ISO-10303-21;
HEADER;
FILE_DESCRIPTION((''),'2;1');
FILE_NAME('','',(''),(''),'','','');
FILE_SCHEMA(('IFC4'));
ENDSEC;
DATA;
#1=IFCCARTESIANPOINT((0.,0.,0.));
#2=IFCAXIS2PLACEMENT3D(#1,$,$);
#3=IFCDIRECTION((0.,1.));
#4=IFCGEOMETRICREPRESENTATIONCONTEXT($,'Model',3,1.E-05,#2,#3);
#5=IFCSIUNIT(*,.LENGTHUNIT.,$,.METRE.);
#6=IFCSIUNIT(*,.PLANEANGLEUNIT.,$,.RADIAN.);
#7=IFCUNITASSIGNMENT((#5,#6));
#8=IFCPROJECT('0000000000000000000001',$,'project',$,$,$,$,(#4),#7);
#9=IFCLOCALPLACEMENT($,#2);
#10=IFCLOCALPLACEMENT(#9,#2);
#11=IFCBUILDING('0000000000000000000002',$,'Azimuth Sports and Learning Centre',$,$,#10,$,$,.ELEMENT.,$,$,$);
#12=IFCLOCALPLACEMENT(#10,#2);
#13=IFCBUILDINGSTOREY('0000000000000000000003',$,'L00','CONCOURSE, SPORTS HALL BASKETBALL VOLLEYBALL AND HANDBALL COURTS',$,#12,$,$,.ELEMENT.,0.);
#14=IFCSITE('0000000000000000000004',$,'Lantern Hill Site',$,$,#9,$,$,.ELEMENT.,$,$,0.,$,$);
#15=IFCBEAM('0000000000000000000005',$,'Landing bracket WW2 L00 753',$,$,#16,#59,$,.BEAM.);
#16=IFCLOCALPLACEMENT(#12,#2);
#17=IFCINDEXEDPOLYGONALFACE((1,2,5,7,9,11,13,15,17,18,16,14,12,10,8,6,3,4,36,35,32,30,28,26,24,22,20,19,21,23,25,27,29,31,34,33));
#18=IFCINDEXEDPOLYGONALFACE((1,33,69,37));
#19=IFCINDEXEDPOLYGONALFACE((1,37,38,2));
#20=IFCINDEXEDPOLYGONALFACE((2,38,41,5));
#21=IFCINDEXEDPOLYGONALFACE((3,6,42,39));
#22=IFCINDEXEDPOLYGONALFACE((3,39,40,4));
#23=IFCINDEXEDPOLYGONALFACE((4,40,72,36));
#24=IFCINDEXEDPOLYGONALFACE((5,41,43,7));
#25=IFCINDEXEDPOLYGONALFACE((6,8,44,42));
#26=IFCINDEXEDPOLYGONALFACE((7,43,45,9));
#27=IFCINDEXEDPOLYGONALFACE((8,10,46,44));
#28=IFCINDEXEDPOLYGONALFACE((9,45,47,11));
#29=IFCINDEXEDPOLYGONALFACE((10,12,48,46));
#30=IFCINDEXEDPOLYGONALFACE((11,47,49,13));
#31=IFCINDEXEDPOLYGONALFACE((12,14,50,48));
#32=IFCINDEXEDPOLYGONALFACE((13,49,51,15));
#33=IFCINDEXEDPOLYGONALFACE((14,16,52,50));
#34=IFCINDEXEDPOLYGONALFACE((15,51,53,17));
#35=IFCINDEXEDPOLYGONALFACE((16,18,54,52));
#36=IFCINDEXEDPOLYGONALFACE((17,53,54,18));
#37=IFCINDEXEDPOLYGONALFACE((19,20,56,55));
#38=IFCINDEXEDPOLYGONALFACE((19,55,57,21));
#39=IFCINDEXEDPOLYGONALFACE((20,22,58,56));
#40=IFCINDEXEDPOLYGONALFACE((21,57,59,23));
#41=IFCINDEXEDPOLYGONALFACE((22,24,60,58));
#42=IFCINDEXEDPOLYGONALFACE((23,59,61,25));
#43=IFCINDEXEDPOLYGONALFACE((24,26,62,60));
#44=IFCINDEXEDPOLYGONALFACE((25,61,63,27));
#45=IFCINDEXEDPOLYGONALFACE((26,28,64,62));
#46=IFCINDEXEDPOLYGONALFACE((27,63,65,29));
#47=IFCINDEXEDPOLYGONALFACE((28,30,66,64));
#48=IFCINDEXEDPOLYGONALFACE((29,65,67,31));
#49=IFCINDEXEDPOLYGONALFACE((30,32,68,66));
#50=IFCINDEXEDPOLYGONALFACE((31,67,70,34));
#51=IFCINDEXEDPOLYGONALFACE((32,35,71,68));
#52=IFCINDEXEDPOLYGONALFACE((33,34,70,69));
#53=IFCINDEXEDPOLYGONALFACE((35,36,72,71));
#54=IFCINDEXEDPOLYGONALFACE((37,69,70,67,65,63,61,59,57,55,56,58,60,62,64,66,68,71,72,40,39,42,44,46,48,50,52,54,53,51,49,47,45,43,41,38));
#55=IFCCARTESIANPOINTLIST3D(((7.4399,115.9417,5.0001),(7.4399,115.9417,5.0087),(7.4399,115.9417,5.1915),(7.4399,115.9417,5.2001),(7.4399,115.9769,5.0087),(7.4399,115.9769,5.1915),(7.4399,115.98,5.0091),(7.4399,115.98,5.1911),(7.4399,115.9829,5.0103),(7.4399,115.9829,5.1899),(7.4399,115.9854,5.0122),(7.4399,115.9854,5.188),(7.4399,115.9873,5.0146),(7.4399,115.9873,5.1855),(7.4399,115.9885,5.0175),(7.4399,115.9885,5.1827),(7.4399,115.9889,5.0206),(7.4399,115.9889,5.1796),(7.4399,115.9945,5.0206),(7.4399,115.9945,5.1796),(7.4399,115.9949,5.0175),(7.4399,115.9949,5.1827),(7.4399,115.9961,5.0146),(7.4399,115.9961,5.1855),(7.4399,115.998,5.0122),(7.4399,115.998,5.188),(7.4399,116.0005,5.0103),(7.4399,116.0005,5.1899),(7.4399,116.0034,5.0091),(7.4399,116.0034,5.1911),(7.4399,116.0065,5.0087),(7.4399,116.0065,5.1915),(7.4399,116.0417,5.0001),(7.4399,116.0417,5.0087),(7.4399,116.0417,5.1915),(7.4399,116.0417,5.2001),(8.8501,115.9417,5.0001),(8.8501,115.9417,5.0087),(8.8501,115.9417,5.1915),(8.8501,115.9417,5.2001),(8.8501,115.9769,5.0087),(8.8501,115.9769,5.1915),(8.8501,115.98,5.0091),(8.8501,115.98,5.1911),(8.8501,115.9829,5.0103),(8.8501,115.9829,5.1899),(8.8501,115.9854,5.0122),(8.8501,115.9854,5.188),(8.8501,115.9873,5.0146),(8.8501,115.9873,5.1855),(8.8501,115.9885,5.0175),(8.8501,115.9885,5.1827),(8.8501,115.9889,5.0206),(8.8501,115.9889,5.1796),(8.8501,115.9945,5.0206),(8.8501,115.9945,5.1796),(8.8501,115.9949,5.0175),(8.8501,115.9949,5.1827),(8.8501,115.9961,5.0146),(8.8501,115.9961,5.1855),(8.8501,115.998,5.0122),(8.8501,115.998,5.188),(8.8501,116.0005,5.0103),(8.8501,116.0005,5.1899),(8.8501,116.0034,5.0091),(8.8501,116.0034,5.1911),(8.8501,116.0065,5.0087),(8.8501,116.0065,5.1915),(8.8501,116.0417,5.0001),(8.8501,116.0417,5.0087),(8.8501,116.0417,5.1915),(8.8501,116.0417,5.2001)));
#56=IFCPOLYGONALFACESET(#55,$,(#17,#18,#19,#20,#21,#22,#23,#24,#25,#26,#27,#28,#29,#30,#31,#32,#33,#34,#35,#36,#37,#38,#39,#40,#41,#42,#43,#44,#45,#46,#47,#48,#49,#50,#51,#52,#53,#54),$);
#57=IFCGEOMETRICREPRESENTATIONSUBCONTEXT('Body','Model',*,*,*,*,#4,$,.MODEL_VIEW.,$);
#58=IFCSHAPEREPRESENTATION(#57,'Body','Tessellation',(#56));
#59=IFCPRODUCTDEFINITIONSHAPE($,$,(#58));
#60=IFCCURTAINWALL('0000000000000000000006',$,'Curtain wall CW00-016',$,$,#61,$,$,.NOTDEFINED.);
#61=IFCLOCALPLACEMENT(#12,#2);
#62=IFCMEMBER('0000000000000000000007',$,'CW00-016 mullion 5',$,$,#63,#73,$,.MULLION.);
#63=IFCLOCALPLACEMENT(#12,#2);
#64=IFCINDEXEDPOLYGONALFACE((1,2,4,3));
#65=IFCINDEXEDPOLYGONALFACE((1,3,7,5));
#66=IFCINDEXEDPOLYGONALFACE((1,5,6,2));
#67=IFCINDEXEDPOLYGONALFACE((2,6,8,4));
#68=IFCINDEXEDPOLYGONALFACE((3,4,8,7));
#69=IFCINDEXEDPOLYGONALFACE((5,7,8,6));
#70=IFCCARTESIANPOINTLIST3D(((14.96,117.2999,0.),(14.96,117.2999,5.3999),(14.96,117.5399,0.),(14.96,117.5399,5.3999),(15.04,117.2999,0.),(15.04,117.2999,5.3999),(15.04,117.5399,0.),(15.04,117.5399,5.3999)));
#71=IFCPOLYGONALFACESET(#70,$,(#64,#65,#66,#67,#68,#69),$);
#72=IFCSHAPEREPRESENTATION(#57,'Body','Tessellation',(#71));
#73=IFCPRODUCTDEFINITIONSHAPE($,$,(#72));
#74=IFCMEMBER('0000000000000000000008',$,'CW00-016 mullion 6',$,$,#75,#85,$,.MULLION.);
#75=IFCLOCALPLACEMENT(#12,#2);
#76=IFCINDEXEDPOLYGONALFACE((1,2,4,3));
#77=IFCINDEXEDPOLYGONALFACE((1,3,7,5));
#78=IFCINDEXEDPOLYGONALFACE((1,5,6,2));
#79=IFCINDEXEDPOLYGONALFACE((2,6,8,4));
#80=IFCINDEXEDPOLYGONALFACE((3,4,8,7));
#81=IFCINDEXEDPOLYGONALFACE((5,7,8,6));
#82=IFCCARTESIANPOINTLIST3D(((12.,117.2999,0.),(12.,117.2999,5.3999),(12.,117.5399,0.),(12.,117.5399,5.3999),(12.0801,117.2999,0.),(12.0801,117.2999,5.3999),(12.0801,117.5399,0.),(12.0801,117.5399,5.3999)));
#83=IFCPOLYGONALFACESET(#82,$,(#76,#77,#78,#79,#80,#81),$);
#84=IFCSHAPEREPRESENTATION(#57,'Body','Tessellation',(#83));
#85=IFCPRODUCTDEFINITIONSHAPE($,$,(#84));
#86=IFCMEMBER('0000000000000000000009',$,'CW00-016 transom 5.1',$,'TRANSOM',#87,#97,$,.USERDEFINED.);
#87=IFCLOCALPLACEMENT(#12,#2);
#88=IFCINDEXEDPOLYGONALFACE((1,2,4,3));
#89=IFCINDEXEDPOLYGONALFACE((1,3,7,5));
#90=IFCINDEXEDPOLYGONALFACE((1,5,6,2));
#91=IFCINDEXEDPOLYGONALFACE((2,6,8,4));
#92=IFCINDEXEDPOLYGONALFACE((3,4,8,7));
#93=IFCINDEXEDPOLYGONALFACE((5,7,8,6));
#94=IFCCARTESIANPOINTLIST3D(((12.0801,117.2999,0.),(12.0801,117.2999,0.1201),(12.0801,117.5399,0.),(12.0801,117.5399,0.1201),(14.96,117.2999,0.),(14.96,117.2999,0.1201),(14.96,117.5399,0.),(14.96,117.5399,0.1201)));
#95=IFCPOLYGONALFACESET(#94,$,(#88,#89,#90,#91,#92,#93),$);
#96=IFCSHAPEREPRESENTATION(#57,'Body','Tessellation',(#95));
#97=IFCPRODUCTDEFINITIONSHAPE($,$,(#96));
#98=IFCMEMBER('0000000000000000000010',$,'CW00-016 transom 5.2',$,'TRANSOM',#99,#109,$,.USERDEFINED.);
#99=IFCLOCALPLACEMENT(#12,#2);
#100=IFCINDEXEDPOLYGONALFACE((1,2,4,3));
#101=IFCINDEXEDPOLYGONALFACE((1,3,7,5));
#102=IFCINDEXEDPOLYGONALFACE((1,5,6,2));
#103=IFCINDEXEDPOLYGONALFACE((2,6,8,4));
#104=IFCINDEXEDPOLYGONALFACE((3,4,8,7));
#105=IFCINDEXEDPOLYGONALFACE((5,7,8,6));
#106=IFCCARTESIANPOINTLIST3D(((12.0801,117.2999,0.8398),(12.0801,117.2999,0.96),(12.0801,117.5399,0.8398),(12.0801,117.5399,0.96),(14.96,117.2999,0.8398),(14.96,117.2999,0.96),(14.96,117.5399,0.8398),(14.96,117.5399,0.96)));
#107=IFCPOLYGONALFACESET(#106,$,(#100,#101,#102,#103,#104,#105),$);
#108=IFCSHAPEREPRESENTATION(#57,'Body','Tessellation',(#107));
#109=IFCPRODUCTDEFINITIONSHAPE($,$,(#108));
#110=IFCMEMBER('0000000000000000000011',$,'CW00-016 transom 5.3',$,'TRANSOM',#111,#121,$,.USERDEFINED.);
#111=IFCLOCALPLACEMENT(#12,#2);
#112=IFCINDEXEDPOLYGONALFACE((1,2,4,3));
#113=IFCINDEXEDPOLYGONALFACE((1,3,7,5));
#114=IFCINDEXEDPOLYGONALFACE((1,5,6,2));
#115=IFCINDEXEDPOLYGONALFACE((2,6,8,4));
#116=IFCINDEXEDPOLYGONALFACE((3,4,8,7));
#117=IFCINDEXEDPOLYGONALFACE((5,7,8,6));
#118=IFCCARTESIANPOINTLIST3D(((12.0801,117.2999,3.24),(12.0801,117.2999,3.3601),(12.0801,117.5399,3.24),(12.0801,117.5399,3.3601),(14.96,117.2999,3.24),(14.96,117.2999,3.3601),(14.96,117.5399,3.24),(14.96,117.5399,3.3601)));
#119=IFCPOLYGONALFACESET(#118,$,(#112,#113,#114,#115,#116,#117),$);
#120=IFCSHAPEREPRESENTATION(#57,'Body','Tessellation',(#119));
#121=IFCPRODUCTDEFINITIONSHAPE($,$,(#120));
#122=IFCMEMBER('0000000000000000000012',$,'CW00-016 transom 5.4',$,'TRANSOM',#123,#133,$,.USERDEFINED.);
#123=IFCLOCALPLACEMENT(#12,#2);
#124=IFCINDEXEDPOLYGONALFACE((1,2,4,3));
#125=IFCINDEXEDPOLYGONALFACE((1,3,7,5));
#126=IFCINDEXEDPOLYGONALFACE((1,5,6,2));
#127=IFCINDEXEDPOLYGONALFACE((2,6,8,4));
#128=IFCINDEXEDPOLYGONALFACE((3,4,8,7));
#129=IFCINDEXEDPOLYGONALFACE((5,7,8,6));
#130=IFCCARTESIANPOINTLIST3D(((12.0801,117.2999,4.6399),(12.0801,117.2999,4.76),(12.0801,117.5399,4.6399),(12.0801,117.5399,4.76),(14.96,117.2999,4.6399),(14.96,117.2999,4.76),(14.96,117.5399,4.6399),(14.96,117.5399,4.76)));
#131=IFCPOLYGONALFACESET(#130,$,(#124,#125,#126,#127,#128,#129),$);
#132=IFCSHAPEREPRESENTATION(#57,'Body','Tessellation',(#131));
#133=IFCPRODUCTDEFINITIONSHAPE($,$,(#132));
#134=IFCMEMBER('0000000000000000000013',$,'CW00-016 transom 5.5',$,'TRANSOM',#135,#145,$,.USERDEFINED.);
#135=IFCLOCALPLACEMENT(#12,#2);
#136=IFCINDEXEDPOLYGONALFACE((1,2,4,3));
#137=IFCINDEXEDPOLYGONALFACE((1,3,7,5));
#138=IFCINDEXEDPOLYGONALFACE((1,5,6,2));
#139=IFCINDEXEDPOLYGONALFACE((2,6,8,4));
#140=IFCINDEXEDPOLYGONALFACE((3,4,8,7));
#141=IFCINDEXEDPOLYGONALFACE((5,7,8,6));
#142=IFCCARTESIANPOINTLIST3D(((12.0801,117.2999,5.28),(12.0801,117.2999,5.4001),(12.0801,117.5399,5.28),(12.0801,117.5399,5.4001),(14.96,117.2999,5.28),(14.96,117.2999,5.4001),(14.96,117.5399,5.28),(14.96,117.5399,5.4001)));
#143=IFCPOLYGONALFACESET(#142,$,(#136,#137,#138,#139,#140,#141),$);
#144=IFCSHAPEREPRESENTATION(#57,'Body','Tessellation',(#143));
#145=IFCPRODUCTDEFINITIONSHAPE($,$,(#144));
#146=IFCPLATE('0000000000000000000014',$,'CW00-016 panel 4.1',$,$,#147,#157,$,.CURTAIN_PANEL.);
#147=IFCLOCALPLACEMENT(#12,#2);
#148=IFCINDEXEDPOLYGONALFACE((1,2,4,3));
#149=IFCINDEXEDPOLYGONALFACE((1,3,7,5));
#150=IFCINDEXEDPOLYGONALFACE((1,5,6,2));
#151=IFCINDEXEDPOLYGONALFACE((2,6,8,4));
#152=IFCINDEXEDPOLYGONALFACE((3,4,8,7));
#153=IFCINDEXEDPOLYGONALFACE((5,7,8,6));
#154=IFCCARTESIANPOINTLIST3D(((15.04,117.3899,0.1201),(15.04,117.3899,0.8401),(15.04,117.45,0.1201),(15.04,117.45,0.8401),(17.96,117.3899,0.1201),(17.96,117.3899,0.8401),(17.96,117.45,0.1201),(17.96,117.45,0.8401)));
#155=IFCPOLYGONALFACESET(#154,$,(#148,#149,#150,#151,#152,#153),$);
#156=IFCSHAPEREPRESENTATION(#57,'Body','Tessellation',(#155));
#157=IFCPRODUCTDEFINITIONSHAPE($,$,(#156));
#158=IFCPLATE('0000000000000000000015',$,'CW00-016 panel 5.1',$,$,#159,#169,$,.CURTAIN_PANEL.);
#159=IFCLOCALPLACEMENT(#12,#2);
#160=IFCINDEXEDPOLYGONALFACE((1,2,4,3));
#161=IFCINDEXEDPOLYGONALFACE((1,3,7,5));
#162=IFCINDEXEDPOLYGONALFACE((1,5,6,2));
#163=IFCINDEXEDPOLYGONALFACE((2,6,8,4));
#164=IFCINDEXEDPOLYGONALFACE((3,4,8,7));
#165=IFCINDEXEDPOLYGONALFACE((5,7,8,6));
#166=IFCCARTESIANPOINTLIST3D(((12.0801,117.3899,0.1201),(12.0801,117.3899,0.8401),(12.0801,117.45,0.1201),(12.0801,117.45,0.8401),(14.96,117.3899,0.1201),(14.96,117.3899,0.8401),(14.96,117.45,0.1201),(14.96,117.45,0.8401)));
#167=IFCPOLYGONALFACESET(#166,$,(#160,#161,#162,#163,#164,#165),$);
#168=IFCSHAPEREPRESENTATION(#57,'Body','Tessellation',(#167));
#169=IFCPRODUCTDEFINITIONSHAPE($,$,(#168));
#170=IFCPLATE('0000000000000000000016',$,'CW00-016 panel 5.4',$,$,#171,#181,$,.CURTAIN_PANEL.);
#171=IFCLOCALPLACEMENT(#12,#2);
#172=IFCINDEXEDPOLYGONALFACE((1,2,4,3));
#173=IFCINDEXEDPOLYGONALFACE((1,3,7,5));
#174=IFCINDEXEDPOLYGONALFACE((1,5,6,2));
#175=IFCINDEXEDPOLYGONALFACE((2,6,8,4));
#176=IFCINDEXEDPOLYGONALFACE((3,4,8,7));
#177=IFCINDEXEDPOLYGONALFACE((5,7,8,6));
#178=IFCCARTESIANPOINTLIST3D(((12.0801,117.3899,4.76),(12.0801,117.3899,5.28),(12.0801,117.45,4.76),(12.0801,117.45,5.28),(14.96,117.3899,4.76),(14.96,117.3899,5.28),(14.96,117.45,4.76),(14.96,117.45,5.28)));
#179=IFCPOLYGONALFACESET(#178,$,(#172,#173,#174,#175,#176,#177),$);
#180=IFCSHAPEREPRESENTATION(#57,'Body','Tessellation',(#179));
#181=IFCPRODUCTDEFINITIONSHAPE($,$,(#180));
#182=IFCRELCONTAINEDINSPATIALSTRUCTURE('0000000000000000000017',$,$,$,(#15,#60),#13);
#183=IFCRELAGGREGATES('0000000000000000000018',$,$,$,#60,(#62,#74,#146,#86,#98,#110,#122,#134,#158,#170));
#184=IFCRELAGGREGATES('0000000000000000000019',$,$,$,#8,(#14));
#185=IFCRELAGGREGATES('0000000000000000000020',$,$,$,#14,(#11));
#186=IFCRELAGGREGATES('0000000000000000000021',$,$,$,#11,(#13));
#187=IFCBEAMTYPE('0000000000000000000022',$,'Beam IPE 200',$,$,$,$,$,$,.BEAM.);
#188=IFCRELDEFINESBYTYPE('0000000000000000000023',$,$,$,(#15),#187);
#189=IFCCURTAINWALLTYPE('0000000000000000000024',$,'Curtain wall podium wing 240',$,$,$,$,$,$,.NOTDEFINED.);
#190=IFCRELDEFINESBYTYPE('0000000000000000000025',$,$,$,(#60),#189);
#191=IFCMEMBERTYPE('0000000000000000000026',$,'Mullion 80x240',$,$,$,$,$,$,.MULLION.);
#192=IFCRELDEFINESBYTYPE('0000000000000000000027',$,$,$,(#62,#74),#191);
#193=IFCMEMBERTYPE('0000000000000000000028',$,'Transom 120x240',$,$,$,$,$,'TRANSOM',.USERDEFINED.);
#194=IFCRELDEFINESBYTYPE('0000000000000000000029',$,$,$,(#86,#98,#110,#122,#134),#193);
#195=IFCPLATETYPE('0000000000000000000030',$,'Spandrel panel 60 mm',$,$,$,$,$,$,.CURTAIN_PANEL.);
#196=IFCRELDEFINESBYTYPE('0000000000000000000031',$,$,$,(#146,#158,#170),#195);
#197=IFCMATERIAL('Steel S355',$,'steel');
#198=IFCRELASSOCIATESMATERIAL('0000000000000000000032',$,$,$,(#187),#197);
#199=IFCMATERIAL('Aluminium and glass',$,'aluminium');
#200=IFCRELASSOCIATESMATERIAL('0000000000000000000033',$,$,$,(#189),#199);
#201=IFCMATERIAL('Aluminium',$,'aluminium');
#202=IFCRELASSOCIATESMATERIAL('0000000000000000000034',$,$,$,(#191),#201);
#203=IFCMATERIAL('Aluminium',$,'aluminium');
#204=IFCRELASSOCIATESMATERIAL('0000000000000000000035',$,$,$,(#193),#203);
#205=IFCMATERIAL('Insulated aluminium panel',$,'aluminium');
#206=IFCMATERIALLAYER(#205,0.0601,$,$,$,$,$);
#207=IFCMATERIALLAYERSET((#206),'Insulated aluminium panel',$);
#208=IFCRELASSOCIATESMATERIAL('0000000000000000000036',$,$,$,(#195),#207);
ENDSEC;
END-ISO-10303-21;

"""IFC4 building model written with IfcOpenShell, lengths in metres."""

from ifc_helpers import new_model, si_unit, direction, frame, origin, origin_2d, place, context, subcontext, project, spatial, rectangle, i_section, extrude, material, layer, layer_set, material_profile, profile_set, type_object, element, aggregate, save


model = new_model("IFC4")

# Units and contexts
model_context = context("Model", 3, precision=1e-05, world=origin(), true_north=direction((0.0, 1.0)))
body_context = subcontext(model_context, "Body", "Model", "MODEL_VIEW")
ifc_project = project(units=[si_unit("LENGTHUNIT", "METRE"), si_unit("PLANEANGLEUNIT", "RADIAN")], contexts=[model_context])

# Site, building, storey
site_placement = place(None, origin())
site = spatial("IfcSite", under=ifc_project, at=site_placement, Name="Lantern Hill Site", CompositionType="ELEMENT", RefElevation=0.0)
building_placement = place(site_placement, origin())
building = spatial("IfcBuilding", under=site, at=building_placement, Name="Azimuth Sports and Learning Centre", CompositionType="ELEMENT")
storey_placement = place(building_placement, origin())
storey = spatial("IfcBuildingStorey", under=building, at=storey_placement, Name="L00", Description="CONCOURSE, SPORTS HALL BASKETBALL VOLLEYBALL AND HANDBALL COURTS", CompositionType="ELEMENT", Elevation=0.0)

# Beam
ifc_material_1 = material(Name="Steel S355", Category="steel")
ifc_material_profile_1 = material_profile(ifc_material_1, i_section(OverallWidth=0.1001, OverallDepth=0.2, WebThickness=0.0056, FlangeThickness=0.0085, FilletRadius=0.012, at=origin_2d()), Name="IPE 200")
ifc_profile_set_1 = profile_set([ifc_material_profile_1], Name="Steel S355")
beam_type = type_object("IfcBeamType", Name="Beam IPE 200", PredefinedType="BEAM", material=ifc_profile_set_1)
for number, where, z_axis, x_axis, name in (
    (1, (8.8501, 115.9917, 5.1001), (-1.0, 0.0, 0.0), (0.0, -1.0, 0.0), "Landing bracket WW2 L00 753"),
):
    element("IfcBeam", number, at=place(storey_placement, frame(where, z_axis=z_axis, x_axis=x_axis)), inside=storey, type_object=beam_type, Name=name, PredefinedType="BEAM", context=body_context, shape_type="SweptSolid", body=[
        extrude(i_section(OverallWidth=0.1001, OverallDepth=0.2, WebThickness=0.0056, FlangeThickness=0.0085, FilletRadius=0.012, at=origin_2d()), origin(), (0.0, 0.0, 1.0), 1.4102),
    ])

# Curtain wall, members, plates
ifc_material_2 = material(Name="Aluminium and glass", Category="aluminium")
curtain_wall_type = type_object("IfcCurtainWallType", Name="Curtain wall podium wing 240", PredefinedType="NOTDEFINED", material=ifc_material_2)
curtain_wall_placement = place(storey_placement, origin())
curtain_wall = element("IfcCurtainWall", 2, at=curtain_wall_placement, inside=storey, type_object=curtain_wall_type, Name="Curtain wall CW00-016", PredefinedType="NOTDEFINED")
ifc_material_3 = material(Name="Aluminium", Category="aluminium")
ifc_material_profile_2 = material_profile(ifc_material_3, rectangle(XDim=0.24, YDim=0.0801, at=origin_2d()), Name="Mullion 80x240")
ifc_profile_set_2 = profile_set([ifc_material_profile_2], Name="Aluminium")
member_type_1 = type_object("IfcMemberType", Name="Mullion 80x240", PredefinedType="MULLION", material=ifc_profile_set_2)
member_1_placement = place(storey_placement, frame((15.0, 117.4199, 0.0), z_axis=(0.0, 0.0, 1.0), x_axis=(0.0, -1.0, 0.0)))
member_1 = element("IfcMember", 3, at=member_1_placement, type_object=member_type_1, Name="CW00-016 mullion 5", PredefinedType="MULLION", context=body_context, shape_type="SweptSolid", body=[
    extrude(rectangle(XDim=0.24, YDim=0.0801, at=origin_2d()), origin(), (0.0, 0.0, 1.0), 5.3999),
])
member_2_placement = place(storey_placement, frame((12.04, 117.4199, 0.0), z_axis=(0.0, 0.0, 1.0), x_axis=(0.0, -1.0, 0.0)))
member_2 = element("IfcMember", 4, at=member_2_placement, type_object=member_type_1, Name="CW00-016 mullion 6", PredefinedType="MULLION", context=body_context, shape_type="SweptSolid", body=[
    extrude(rectangle(XDim=0.24, YDim=0.0801, at=origin_2d()), origin(), (0.0, 0.0, 1.0), 5.3999),
])
ifc_material_4 = material(Name="Aluminium", Category="aluminium")
ifc_material_profile_3 = material_profile(ifc_material_4, rectangle(XDim=0.24, YDim=0.1201, at=origin_2d()), Name="Transom 120x240")
ifc_profile_set_3 = profile_set([ifc_material_profile_3], Name="Aluminium")
member_type_2 = type_object("IfcMemberType", Name="Transom 120x240", ElementType="TRANSOM", PredefinedType="USERDEFINED", material=ifc_profile_set_3)
member_3_placement = place(storey_placement, frame((14.96, 117.4199, 0.0601), z_axis=(-1.0, 0.0, 0.0), x_axis=(0.0, -1.0, 0.0)))
member_3 = element("IfcMember", 5, at=member_3_placement, type_object=member_type_2, Name="CW00-016 transom 5.1", ObjectType="TRANSOM", PredefinedType="USERDEFINED", context=body_context, shape_type="SweptSolid", body=[
    extrude(rectangle(XDim=0.24, YDim=0.1201, at=origin_2d()), origin(), (0.0, 0.0, 1.0), 2.8799),
])
member_4_placement = place(storey_placement, frame((14.96, 117.4199, 0.8999), z_axis=(-1.0, 0.0, 0.0), x_axis=(0.0, -1.0, 0.0)))
member_4 = element("IfcMember", 6, at=member_4_placement, type_object=member_type_2, Name="CW00-016 transom 5.2", ObjectType="TRANSOM", PredefinedType="USERDEFINED", context=body_context, shape_type="SweptSolid", body=[
    extrude(rectangle(XDim=0.24, YDim=0.1201, at=origin_2d()), origin(), (0.0, 0.0, 1.0), 2.8799),
])
member_5_placement = place(storey_placement, frame((14.96, 117.4199, 3.3), z_axis=(-1.0, 0.0, 0.0), x_axis=(0.0, -1.0, 0.0)))
member_5 = element("IfcMember", 7, at=member_5_placement, type_object=member_type_2, Name="CW00-016 transom 5.3", ObjectType="TRANSOM", PredefinedType="USERDEFINED", context=body_context, shape_type="SweptSolid", body=[
    extrude(rectangle(XDim=0.24, YDim=0.1201, at=origin_2d()), origin(), (0.0, 0.0, 1.0), 2.8799),
])
member_6_placement = place(storey_placement, frame((14.96, 117.4199, 4.7), z_axis=(-1.0, 0.0, 0.0), x_axis=(0.0, -1.0, 0.0)))
member_6 = element("IfcMember", 8, at=member_6_placement, type_object=member_type_2, Name="CW00-016 transom 5.4", ObjectType="TRANSOM", PredefinedType="USERDEFINED", context=body_context, shape_type="SweptSolid", body=[
    extrude(rectangle(XDim=0.24, YDim=0.1201, at=origin_2d()), origin(), (0.0, 0.0, 1.0), 2.8799),
])
member_7_placement = place(storey_placement, frame((14.96, 117.4199, 5.3401), z_axis=(-1.0, 0.0, 0.0), x_axis=(0.0, -1.0, 0.0)))
member_7 = element("IfcMember", 9, at=member_7_placement, type_object=member_type_2, Name="CW00-016 transom 5.5", ObjectType="TRANSOM", PredefinedType="USERDEFINED", context=body_context, shape_type="SweptSolid", body=[
    extrude(rectangle(XDim=0.24, YDim=0.1201, at=origin_2d()), origin(), (0.0, 0.0, 1.0), 2.8799),
])
ifc_material_5 = material(Name="Insulated aluminium panel", Category="aluminium")
ifc_layer_1 = layer(ifc_material_5, 0.0601)
ifc_layer_set_1 = layer_set([ifc_layer_1], Name="Insulated aluminium panel")
plate_type_1 = type_object("IfcPlateType", Name="Spandrel panel 60 mm", PredefinedType="CURTAIN_PANEL", material=ifc_layer_set_1)
plate_1_placement = place(storey_placement, frame((16.5, 117.4199, 0.1201), z_axis=(0.0, 0.0, 1.0), x_axis=(-1.0, 0.0, 0.0)))
plate_1 = element("IfcPlate", 10, at=plate_1_placement, type_object=plate_type_1, Name="CW00-016 panel 4.1", PredefinedType="CURTAIN_PANEL", context=body_context, shape_type="SweptSolid", body=[
    extrude(rectangle(XDim=2.9199, YDim=0.0601, at=origin_2d()), origin(), (0.0, 0.0, 1.0), 0.72),
])
plate_2_placement = place(storey_placement, frame((13.52, 117.4199, 0.1201), z_axis=(0.0, 0.0, 1.0), x_axis=(-1.0, 0.0, 0.0)))
plate_2 = element("IfcPlate", 11, at=plate_2_placement, type_object=plate_type_1, Name="CW00-016 panel 5.1", PredefinedType="CURTAIN_PANEL", context=body_context, shape_type="SweptSolid", body=[
    extrude(rectangle(XDim=2.8799, YDim=0.0601, at=origin_2d()), origin(), (0.0, 0.0, 1.0), 0.72),
])
plate_3_placement = place(storey_placement, frame((13.52, 117.4199, 4.76), z_axis=(0.0, 0.0, 1.0), x_axis=(-1.0, 0.0, 0.0)))
plate_3 = element("IfcPlate", 12, at=plate_3_placement, type_object=plate_type_1, Name="CW00-016 panel 5.4", PredefinedType="CURTAIN_PANEL", context=body_context, shape_type="SweptSolid", body=[
    extrude(rectangle(XDim=2.8799, YDim=0.0601, at=origin_2d()), origin(), (0.0, 0.0, 1.0), 0.52),
])
aggregate(curtain_wall, [member_1, member_2, plate_1, member_3, member_4, member_5, member_6, member_7, plate_2, plate_3])

save(model, "model.ifc")
